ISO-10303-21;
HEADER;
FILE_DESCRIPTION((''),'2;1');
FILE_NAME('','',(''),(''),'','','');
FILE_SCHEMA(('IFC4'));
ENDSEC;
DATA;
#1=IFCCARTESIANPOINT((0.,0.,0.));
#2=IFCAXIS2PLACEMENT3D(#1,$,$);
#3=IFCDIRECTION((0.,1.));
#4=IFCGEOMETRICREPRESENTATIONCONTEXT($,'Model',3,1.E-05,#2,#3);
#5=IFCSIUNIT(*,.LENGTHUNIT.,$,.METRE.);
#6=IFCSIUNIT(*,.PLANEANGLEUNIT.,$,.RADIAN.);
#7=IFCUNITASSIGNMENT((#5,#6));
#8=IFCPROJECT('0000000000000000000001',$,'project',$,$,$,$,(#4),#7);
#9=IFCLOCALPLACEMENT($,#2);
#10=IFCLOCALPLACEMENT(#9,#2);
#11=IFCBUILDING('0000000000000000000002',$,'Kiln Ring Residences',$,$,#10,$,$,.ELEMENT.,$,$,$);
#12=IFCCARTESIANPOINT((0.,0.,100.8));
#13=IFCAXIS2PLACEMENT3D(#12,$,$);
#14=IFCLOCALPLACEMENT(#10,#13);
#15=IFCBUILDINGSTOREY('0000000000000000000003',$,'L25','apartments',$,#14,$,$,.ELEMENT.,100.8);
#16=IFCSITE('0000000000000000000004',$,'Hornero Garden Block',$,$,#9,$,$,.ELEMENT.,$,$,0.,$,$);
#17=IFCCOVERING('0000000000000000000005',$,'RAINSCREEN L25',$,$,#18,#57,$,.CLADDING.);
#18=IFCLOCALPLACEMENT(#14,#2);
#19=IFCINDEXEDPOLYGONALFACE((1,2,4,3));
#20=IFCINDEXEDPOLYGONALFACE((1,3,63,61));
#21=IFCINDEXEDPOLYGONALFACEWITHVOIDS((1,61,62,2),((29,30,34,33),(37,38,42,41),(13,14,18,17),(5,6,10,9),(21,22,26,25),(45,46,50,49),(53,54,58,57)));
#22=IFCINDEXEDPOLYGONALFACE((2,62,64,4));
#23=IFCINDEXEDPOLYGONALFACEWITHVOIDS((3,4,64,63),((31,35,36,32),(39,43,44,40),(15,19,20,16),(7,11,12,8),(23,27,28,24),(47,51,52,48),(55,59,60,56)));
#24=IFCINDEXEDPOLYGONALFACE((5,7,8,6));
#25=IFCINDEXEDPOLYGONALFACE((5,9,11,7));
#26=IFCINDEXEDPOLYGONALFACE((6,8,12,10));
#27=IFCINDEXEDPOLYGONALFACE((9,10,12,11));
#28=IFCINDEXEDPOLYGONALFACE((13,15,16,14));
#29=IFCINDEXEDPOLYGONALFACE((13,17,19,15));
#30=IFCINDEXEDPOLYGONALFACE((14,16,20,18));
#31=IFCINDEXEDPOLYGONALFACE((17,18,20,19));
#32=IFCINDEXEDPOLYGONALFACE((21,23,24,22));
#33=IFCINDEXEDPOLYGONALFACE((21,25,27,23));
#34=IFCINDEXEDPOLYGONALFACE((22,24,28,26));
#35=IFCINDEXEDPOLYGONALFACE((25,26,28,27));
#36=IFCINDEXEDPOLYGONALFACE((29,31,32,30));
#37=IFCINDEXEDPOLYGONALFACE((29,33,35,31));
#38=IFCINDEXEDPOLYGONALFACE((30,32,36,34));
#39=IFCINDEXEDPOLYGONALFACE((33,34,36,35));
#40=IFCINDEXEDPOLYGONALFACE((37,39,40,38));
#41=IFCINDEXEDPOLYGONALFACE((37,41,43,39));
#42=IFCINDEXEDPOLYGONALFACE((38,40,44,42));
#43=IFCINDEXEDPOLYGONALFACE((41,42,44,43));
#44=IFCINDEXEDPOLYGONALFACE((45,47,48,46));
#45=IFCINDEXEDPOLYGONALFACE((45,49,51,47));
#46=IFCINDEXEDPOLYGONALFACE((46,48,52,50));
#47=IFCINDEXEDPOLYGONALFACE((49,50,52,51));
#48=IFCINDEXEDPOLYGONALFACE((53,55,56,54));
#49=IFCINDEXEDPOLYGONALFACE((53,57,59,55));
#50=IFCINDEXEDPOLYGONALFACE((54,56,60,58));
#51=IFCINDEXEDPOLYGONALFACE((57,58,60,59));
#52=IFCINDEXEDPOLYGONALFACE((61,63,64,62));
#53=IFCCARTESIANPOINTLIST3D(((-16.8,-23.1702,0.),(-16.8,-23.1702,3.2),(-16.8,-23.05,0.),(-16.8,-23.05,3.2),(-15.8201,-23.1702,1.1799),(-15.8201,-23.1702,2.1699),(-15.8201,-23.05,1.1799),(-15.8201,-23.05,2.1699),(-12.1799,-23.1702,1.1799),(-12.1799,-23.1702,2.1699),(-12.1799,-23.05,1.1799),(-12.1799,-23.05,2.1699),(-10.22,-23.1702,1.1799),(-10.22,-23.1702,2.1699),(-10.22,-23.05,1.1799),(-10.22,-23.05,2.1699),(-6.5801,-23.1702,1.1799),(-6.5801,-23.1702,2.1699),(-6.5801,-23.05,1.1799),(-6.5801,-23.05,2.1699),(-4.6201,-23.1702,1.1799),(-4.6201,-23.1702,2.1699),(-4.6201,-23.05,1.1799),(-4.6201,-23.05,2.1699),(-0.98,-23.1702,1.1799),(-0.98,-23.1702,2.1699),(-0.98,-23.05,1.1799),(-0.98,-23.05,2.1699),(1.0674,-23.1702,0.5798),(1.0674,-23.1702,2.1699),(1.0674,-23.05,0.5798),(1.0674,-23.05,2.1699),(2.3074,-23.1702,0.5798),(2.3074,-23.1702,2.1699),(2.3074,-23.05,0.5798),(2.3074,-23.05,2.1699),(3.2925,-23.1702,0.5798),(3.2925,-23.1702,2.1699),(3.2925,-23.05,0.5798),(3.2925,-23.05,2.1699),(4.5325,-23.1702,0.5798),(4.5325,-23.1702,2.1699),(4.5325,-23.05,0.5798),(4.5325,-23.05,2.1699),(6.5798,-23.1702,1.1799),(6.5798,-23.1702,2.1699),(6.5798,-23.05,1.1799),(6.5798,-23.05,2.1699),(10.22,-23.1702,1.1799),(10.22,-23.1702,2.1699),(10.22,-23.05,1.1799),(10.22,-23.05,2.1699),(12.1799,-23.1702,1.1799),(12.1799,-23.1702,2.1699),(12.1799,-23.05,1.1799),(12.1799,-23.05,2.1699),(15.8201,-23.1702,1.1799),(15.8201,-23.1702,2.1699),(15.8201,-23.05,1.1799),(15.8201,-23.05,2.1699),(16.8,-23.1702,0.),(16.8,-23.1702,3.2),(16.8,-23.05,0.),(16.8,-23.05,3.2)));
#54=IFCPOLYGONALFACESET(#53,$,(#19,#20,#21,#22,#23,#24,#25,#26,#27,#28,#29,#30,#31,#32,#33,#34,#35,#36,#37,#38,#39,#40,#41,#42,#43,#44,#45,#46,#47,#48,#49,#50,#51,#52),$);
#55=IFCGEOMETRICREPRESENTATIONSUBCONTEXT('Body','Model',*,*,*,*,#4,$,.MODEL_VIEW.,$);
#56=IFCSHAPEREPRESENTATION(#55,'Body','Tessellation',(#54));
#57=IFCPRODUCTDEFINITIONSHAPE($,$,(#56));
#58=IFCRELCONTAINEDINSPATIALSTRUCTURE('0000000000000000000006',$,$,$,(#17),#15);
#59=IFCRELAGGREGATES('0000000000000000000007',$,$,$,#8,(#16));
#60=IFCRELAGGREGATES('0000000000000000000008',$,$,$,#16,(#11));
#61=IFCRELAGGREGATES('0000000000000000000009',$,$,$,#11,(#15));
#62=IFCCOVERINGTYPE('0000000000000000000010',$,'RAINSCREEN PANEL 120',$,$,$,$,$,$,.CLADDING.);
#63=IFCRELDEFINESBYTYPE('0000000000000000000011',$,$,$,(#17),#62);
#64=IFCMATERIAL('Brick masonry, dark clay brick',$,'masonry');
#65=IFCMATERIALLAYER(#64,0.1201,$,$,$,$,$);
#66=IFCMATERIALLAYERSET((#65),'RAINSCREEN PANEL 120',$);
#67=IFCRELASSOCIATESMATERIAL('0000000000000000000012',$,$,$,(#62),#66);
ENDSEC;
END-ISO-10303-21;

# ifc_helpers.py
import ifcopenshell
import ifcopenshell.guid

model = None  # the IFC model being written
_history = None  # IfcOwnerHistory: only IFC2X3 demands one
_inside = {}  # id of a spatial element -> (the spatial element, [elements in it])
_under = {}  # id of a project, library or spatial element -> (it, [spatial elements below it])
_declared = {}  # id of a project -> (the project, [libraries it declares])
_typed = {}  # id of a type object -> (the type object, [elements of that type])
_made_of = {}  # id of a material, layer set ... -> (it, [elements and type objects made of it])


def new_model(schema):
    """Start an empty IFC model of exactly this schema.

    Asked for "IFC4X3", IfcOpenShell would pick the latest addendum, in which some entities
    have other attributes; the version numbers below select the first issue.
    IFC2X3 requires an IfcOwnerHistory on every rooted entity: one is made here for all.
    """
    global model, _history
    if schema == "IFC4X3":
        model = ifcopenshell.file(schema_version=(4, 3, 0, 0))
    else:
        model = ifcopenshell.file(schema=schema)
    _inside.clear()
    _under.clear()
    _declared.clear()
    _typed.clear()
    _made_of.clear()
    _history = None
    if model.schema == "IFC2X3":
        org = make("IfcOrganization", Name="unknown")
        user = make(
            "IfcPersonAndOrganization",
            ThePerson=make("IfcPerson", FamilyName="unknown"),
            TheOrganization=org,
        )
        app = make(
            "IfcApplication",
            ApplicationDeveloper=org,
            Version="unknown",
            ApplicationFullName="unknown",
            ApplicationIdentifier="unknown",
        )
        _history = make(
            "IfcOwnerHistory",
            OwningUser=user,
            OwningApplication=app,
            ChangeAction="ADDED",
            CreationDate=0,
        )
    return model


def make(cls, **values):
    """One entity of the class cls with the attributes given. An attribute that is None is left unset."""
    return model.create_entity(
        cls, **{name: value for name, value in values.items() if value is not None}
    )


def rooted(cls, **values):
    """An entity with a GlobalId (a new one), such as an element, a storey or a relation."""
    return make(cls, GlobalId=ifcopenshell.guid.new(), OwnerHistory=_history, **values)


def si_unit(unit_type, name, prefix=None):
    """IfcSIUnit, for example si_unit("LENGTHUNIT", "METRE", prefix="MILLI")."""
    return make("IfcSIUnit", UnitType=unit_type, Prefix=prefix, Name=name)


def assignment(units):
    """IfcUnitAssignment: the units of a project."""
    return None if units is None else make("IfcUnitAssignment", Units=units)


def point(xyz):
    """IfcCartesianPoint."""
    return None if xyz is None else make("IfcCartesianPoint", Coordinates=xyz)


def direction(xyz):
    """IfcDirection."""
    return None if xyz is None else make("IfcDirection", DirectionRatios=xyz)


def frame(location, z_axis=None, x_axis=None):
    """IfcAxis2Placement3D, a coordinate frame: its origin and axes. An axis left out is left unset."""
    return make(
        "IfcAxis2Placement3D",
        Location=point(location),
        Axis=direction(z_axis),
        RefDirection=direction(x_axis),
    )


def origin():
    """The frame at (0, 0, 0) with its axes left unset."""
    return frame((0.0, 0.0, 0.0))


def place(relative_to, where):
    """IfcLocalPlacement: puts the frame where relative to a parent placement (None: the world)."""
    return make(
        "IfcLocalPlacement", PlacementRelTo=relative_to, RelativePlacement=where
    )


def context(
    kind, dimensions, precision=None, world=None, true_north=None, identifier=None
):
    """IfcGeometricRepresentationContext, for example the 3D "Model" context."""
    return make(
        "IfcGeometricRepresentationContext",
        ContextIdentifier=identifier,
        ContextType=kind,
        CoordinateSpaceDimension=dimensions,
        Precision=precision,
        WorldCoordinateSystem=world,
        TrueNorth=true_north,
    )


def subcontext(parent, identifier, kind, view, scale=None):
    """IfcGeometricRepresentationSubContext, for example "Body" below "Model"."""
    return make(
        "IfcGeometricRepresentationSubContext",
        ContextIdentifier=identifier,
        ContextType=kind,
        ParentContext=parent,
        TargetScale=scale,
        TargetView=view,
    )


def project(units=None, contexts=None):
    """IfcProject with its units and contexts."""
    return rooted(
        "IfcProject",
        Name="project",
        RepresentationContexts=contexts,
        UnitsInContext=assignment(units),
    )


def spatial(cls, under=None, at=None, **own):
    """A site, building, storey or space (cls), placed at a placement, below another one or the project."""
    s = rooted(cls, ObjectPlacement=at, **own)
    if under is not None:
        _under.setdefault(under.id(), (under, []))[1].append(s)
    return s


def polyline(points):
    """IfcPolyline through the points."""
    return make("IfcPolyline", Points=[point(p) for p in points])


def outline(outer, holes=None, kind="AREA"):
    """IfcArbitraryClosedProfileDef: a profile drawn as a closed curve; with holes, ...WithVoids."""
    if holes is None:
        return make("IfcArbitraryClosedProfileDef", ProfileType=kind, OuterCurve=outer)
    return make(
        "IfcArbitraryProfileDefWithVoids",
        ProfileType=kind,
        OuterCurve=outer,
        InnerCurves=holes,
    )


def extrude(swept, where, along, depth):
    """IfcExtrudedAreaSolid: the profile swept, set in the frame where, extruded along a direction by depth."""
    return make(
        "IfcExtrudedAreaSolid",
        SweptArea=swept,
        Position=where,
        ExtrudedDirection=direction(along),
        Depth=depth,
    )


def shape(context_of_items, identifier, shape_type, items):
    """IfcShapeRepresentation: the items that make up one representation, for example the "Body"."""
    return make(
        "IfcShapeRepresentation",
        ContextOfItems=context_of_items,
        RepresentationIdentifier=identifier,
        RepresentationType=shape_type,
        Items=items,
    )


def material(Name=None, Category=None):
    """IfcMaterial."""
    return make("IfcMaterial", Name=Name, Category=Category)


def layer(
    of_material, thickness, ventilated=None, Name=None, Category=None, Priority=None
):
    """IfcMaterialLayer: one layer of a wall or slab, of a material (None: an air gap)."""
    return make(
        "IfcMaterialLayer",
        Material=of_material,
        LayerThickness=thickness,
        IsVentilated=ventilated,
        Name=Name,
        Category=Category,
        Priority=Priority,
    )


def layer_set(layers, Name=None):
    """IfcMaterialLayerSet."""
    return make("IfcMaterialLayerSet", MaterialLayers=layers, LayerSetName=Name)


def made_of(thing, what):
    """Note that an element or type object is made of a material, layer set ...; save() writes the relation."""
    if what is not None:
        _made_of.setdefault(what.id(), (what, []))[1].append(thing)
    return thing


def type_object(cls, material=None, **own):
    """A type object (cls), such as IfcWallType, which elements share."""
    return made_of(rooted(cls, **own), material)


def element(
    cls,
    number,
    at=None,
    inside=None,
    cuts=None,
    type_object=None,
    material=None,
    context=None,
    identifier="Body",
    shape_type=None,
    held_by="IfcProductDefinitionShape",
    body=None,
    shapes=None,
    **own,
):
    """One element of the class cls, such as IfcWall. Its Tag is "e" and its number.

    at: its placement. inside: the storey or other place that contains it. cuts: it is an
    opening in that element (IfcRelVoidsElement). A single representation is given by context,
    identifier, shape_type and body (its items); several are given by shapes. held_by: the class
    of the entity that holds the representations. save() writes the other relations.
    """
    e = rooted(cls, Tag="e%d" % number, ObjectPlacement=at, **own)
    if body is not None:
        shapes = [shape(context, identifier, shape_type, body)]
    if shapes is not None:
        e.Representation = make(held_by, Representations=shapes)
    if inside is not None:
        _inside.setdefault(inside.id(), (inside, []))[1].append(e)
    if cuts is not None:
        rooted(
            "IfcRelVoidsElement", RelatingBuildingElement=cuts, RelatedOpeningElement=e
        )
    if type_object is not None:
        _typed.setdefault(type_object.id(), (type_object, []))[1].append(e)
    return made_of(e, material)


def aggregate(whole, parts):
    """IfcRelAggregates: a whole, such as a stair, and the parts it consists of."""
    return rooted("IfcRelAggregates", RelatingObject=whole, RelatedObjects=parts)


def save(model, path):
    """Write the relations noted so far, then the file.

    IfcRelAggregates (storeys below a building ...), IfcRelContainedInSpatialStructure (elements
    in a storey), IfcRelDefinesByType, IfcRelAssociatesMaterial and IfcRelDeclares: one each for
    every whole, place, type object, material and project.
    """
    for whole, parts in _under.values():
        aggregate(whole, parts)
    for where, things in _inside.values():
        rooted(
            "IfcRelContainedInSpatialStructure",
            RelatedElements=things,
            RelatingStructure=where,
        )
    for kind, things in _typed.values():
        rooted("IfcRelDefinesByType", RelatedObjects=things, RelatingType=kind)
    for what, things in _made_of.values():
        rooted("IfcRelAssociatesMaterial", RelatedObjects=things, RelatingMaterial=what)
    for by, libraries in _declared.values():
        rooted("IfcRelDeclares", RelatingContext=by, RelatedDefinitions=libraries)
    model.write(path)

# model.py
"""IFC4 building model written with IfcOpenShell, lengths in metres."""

from ifc_helpers import new_model, si_unit, direction, frame, origin, place, context, subcontext, project, spatial, polyline, outline, extrude, material, layer, layer_set, type_object, element, save


model = new_model("IFC4")

# Units and contexts
model_context = context("Model", 3, precision=1e-05, world=origin(), true_north=direction((0.0, 1.0)))
body_context = subcontext(model_context, "Body", "Model", "MODEL_VIEW")
ifc_project = project(units=[si_unit("LENGTHUNIT", "METRE"), si_unit("PLANEANGLEUNIT", "RADIAN")], contexts=[model_context])

# Site, building, storey
site_placement = place(None, origin())
site = spatial("IfcSite", under=ifc_project, at=site_placement, Name="Hornero Garden Block", CompositionType="ELEMENT", RefElevation=0.0)
building_placement = place(site_placement, origin())
building = spatial("IfcBuilding", under=site, at=building_placement, Name="Kiln Ring Residences", CompositionType="ELEMENT")
storey_placement = place(building_placement, frame((0.0, 0.0, 100.8)))
storey = spatial("IfcBuildingStorey", under=building, at=storey_placement, Name="L25", Description="apartments", CompositionType="ELEMENT", Elevation=100.8)

# Covering
ifc_material_1 = material(Name="Brick masonry, dark clay brick", Category="masonry")
ifc_layer_1 = layer(ifc_material_1, 0.1201)
ifc_layer_set_1 = layer_set([ifc_layer_1], Name="RAINSCREEN PANEL 120")
covering_type = type_object("IfcCoveringType", Name="RAINSCREEN PANEL 120", PredefinedType="CLADDING", material=ifc_layer_set_1)
covering_placement = place(storey_placement, frame((-16.8, -23.1101, 0.0), z_axis=(0.0, 0.0, 1.0), x_axis=(1.0, 0.0, 0.0)))
element("IfcCovering", 1, at=covering_placement, inside=storey, type_object=covering_type, Name="RAINSCREEN L25", PredefinedType="CLADDING", context=body_context, shape_type="SweptSolid", body=[
    extrude(outline(polyline([(0.0, 0.0), (33.6001, 0.0), (33.6001, 3.2), (0.0, 3.2), (0.0, 0.0)]), holes=[polyline([(19.1074, 0.5798), (19.1074, 2.1699), (17.8674, 2.1699), (17.8674, 0.5798), (19.1074, 0.5798)]), polyline([(20.0925, 0.5798), (21.3325, 0.5798), (21.3325, 2.1699), (20.0925, 2.1699), (20.0925, 0.5798)]), polyline([(0.98, 1.1799), (4.6201, 1.1799), (4.6201, 2.1699), (0.98, 2.1699), (0.98, 1.1799)]), polyline([(6.5801, 1.1799), (10.22, 1.1799), (10.22, 2.1699), (6.5801, 2.1699), (6.5801, 1.1799)]), polyline([(12.1799, 1.1799), (15.8201, 1.1799), (15.8201, 2.1699), (12.1799, 2.1699), (12.1799, 1.1799)]), polyline([(23.3799, 1.1799), (27.02, 1.1799), (27.02, 2.1699), (23.3799, 2.1699), (23.3799, 1.1799)]), polyline([(28.98, 1.1799), (32.6201, 1.1799), (32.6201, 2.1699), (28.98, 2.1699), (28.98, 1.1799)])]), frame((0.0, 0.0601, 0.0), z_axis=(0.0, -1.0, 0.0), x_axis=(1.0, 0.0, 0.0)), (0.0, 0.0, 1.0), 0.1201),
])

save(model, "model.ifc")
